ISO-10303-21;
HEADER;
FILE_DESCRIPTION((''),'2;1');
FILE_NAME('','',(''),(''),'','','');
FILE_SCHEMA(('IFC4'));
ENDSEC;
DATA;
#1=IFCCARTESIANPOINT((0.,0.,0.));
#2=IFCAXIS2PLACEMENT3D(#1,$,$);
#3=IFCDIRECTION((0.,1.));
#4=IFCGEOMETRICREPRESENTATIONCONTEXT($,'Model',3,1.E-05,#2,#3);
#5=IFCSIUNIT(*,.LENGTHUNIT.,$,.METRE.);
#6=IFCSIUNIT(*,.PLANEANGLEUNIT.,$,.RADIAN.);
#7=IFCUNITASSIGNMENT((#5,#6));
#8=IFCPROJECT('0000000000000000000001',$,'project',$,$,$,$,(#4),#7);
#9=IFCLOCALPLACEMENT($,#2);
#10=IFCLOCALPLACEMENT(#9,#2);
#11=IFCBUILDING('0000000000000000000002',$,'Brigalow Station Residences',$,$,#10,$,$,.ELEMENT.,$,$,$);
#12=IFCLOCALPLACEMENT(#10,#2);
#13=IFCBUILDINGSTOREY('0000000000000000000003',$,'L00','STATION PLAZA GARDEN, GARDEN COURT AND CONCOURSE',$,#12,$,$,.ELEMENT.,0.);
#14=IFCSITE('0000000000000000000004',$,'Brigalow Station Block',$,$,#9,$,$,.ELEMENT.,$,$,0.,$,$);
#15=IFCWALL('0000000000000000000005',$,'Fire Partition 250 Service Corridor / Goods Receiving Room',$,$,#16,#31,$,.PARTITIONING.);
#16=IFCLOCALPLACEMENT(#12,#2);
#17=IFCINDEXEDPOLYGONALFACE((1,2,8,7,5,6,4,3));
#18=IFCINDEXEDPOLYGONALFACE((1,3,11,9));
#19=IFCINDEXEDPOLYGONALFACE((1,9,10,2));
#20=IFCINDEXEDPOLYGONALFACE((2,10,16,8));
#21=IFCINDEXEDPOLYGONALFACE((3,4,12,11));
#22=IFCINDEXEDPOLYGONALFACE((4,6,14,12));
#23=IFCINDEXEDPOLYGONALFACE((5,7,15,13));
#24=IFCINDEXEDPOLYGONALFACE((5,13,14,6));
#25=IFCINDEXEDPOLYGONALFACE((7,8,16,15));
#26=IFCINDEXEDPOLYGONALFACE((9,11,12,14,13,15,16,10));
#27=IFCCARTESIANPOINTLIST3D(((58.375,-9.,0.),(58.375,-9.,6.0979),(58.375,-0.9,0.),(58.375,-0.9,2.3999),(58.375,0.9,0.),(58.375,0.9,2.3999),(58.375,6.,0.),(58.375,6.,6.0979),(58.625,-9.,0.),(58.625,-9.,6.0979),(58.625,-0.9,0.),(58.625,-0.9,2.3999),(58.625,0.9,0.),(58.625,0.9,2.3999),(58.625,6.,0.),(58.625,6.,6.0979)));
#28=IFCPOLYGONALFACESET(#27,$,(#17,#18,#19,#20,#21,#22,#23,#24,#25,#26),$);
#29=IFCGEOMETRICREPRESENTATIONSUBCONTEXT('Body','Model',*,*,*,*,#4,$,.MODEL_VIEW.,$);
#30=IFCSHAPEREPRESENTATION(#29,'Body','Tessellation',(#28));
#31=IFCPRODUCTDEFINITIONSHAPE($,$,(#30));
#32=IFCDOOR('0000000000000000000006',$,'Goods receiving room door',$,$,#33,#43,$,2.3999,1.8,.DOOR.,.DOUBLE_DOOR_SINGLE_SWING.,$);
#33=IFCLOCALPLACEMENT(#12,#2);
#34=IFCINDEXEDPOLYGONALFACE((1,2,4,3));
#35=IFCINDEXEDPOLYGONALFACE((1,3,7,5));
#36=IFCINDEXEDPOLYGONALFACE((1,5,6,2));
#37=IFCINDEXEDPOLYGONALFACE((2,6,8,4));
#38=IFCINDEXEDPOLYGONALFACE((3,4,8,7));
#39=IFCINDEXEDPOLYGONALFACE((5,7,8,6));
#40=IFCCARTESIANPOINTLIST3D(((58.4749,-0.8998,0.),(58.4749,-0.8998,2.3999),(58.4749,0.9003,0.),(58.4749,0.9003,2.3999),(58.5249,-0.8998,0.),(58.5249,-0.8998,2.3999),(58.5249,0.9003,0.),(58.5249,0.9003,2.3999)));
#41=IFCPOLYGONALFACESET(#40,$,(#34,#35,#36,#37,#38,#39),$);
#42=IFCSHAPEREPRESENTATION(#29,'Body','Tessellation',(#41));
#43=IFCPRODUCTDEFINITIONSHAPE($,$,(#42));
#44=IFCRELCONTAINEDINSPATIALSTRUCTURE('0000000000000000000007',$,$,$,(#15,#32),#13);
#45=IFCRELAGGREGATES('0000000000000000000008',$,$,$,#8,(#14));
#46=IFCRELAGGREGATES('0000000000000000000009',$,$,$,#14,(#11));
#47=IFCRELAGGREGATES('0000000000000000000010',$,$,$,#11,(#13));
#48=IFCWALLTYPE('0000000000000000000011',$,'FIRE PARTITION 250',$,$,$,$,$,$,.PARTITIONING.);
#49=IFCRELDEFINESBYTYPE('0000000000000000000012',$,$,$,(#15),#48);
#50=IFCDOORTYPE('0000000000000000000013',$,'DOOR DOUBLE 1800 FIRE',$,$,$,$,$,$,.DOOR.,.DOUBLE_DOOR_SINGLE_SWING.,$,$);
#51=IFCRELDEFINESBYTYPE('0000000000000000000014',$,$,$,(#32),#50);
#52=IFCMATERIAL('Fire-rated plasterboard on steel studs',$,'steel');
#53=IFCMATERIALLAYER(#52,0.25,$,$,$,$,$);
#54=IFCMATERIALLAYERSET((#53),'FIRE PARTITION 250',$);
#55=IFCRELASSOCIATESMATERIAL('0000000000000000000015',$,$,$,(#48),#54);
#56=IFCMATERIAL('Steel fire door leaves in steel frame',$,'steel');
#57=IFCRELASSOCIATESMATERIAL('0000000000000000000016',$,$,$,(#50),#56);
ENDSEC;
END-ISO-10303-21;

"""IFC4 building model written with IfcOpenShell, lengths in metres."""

from ifc_helpers import new_model, si_unit, direction, frame, frame_2d, origin, place, context, subcontext, project, spatial, rectangle, extrude, material, layer, layer_set, type_object, element, fill, save


model = new_model("IFC4")

# Units and contexts
model_context = context("Model", 3, precision=1e-05, world=origin(), true_north=direction((0.0, 1.0)))
body_context = subcontext(model_context, "Body", "Model", "MODEL_VIEW")
ifc_project = project(units=[si_unit("LENGTHUNIT", "METRE"), si_unit("PLANEANGLEUNIT", "RADIAN")], contexts=[model_context])

# Site, building, storey
site_placement = place(None, origin())
site = spatial("IfcSite", under=ifc_project, at=site_placement, Name="Brigalow Station Block", CompositionType="ELEMENT", RefElevation=0.0)
building_placement = place(site_placement, origin())
building = spatial("IfcBuilding", under=site, at=building_placement, Name="Brigalow Station Residences", CompositionType="ELEMENT")
storey_placement = place(building_placement, origin())
storey = spatial("IfcBuildingStorey", under=building, at=storey_placement, Name="L00", Description="STATION PLAZA GARDEN, GARDEN COURT AND CONCOURSE", CompositionType="ELEMENT", Elevation=0.0)

# Wall, opening, door
ifc_material_1 = material(Name="Fire-rated plasterboard on steel studs", Category="steel")
ifc_layer_1 = layer(ifc_material_1, 0.25)
ifc_layer_set_1 = layer_set([ifc_layer_1], Name="FIRE PARTITION 250")
wall_type_1 = type_object("IfcWallType", Name="FIRE PARTITION 250", PredefinedType="PARTITIONING", material=ifc_layer_set_1)
wall_1_placement = place(storey_placement, frame((58.5, -9.0, 0.0), z_axis=(0.0, 0.0, 1.0), x_axis=(0.0, 1.0, 0.0)))
wall_1 = element("IfcWall", 1, at=wall_1_placement, inside=storey, type_object=wall_type_1, Name="Fire Partition 250 Service Corridor / Goods Receiving Room", PredefinedType="PARTITIONING", context=body_context, shape_type="SweptSolid", body=[
    extrude(rectangle(XDim=15.0, YDim=0.25, at=frame_2d((7.5, 0.0))), origin(), (0.0, 0.0, 1.0), 6.0979),
])
opening_1_placement = place(wall_1_placement, frame((8.1001, 0.0, 0.0)))
opening_1 = element("IfcOpeningElement", 2, at=opening_1_placement, cuts=wall_1, PredefinedType="OPENING", context=body_context, shape_type="SweptSolid", body=[
    extrude(rectangle(XDim=1.8, YDim=2.3999, at=frame_2d((0.8999, 1.2))), frame((0.0, 0.135, 0.0), z_axis=(0.0, -1.0, 0.0), x_axis=(1.0, 0.0, 0.0)), (0.0, 0.0, 1.0), 0.27),
])
ifc_material_2 = material(Name="Steel fire door leaves in steel frame", Category="steel")
door_type_1 = type_object("IfcDoorType", Name="DOOR DOUBLE 1800 FIRE", OperationType="DOUBLE_DOOR_SINGLE_SWING", PredefinedType="DOOR", material=ifc_material_2)
door_1_placement = place(opening_1_placement, frame((1.8, 0.0, 0.0), z_axis=(0.0, 0.0, 1.0), x_axis=(-1.0, 0.0, 0.0)))
door_1 = element("IfcDoor", 3, at=door_1_placement, inside=storey, type_object=door_type_1, Name="Goods receiving room door", OperationType="DOUBLE_DOOR_SINGLE_SWING", OverallHeight=2.3999, OverallWidth=1.8, PredefinedType="DOOR", context=body_context, shape_type="SweptSolid", body=[
    extrude(rectangle(XDim=1.8, YDim=2.3999, at=frame_2d((0.8999, 1.2))), frame((0.0, 0.0249, 0.0), z_axis=(0.0, -1.0, 0.0), x_axis=(1.0, 0.0, 0.0)), (0.0, 0.0, 1.0), 0.05),
])
fill(opening_1, door_1)

save(model, "model.ifc")
